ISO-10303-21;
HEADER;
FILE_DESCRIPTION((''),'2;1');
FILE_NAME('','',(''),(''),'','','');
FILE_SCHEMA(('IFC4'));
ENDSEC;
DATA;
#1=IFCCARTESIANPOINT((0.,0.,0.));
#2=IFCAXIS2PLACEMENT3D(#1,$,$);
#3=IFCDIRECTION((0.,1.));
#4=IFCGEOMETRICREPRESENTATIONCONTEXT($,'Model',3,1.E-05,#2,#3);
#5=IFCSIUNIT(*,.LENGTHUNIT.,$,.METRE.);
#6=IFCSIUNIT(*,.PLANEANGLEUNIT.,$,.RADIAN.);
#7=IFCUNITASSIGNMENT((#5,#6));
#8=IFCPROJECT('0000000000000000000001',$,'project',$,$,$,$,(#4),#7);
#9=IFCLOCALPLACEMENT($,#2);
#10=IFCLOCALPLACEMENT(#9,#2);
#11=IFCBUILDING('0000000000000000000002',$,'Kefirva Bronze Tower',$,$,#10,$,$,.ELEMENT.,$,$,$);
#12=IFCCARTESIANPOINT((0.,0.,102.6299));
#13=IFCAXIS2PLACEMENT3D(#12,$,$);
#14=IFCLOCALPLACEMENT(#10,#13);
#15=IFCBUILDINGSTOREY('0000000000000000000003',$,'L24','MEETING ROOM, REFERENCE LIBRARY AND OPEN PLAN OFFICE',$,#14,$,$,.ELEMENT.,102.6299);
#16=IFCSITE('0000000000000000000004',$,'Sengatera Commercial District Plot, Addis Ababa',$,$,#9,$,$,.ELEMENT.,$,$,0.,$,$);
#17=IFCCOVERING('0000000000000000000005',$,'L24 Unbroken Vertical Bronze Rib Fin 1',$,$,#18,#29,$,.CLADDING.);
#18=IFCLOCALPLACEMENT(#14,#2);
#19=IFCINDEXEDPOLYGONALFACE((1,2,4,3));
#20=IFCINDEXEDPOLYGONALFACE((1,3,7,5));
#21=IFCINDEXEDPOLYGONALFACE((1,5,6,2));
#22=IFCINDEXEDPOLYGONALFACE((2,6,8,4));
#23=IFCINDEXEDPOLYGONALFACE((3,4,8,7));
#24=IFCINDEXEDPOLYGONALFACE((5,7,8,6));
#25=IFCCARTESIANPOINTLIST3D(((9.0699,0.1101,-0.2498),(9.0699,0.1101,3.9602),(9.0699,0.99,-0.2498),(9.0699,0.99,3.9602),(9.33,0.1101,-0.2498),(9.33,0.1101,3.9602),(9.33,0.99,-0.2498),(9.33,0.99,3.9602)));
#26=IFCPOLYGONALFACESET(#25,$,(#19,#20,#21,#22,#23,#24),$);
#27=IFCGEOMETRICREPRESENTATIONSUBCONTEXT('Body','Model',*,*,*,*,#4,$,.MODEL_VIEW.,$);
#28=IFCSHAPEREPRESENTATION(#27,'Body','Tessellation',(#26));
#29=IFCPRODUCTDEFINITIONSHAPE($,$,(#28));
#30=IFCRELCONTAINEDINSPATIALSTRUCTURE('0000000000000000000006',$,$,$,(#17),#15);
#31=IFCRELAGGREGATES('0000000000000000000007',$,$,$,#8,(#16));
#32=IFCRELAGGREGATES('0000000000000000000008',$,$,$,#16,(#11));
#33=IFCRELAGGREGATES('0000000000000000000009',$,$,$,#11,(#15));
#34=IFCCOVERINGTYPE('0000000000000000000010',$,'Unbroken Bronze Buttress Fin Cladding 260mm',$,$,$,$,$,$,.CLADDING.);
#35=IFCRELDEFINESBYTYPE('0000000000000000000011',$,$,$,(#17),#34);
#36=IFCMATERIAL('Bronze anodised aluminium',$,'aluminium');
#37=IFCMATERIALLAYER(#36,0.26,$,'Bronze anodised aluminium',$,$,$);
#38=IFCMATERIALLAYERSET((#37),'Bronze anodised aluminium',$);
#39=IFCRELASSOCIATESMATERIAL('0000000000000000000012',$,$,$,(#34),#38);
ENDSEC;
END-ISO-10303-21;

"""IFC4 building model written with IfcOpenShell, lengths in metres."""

from ifc_helpers import new_model, si_unit, direction, frame, origin, origin_2d, place, context, subcontext, project, spatial, rectangle, extrude, material, layer, layer_set, type_object, element, save


model = new_model("IFC4")

# Units and contexts
model_context = context("Model", 3, precision=1e-05, world=origin(), true_north=direction((0.0, 1.0)))
body_context = subcontext(model_context, "Body", "Model", "MODEL_VIEW")
ifc_project = project(units=[si_unit("LENGTHUNIT", "METRE"), si_unit("PLANEANGLEUNIT", "RADIAN")], contexts=[model_context])

# Site, building, storey
site_placement = place(None, origin())
site = spatial("IfcSite", under=ifc_project, at=site_placement, Name="Sengatera Commercial District Plot, Addis Ababa", CompositionType="ELEMENT", RefElevation=0.0)
building_placement = place(site_placement, origin())
building = spatial("IfcBuilding", under=site, at=building_placement, Name="Kefirva Bronze Tower", CompositionType="ELEMENT")
storey_placement = place(building_placement, frame((0.0, 0.0, 102.6299)))
storey = spatial("IfcBuildingStorey", under=building, at=storey_placement, Name="L24", Description="MEETING ROOM, REFERENCE LIBRARY AND OPEN PLAN OFFICE", CompositionType="ELEMENT", Elevation=102.6299)

# Covering
ifc_material_1 = material(Name="Bronze anodised aluminium", Category="aluminium")
ifc_layer_1 = layer(ifc_material_1, 0.26, Name="Bronze anodised aluminium")
ifc_layer_set_1 = layer_set([ifc_layer_1], Name="Bronze anodised aluminium")
covering_type_1 = type_object("IfcCoveringType", Name="Unbroken Bronze Buttress Fin Cladding 260mm", PredefinedType="CLADDING", material=ifc_layer_set_1)
covering_1_placement = place(storey_placement, frame((9.2, 0.55, -0.2498), z_axis=(0.0, 0.0, 1.0), x_axis=(1.0, 0.0, 0.0)))
element("IfcCovering", 1, at=covering_1_placement, inside=storey, type_object=covering_type_1, Name="L24 Unbroken Vertical Bronze Rib Fin 1", PredefinedType="CLADDING", context=body_context, shape_type="SweptSolid", body=[
    extrude(rectangle(XDim=0.26, YDim=0.8799, at=origin_2d()), origin(), (0.0, 0.0, 1.0), 4.21),
])

save(model, "model.ifc")
